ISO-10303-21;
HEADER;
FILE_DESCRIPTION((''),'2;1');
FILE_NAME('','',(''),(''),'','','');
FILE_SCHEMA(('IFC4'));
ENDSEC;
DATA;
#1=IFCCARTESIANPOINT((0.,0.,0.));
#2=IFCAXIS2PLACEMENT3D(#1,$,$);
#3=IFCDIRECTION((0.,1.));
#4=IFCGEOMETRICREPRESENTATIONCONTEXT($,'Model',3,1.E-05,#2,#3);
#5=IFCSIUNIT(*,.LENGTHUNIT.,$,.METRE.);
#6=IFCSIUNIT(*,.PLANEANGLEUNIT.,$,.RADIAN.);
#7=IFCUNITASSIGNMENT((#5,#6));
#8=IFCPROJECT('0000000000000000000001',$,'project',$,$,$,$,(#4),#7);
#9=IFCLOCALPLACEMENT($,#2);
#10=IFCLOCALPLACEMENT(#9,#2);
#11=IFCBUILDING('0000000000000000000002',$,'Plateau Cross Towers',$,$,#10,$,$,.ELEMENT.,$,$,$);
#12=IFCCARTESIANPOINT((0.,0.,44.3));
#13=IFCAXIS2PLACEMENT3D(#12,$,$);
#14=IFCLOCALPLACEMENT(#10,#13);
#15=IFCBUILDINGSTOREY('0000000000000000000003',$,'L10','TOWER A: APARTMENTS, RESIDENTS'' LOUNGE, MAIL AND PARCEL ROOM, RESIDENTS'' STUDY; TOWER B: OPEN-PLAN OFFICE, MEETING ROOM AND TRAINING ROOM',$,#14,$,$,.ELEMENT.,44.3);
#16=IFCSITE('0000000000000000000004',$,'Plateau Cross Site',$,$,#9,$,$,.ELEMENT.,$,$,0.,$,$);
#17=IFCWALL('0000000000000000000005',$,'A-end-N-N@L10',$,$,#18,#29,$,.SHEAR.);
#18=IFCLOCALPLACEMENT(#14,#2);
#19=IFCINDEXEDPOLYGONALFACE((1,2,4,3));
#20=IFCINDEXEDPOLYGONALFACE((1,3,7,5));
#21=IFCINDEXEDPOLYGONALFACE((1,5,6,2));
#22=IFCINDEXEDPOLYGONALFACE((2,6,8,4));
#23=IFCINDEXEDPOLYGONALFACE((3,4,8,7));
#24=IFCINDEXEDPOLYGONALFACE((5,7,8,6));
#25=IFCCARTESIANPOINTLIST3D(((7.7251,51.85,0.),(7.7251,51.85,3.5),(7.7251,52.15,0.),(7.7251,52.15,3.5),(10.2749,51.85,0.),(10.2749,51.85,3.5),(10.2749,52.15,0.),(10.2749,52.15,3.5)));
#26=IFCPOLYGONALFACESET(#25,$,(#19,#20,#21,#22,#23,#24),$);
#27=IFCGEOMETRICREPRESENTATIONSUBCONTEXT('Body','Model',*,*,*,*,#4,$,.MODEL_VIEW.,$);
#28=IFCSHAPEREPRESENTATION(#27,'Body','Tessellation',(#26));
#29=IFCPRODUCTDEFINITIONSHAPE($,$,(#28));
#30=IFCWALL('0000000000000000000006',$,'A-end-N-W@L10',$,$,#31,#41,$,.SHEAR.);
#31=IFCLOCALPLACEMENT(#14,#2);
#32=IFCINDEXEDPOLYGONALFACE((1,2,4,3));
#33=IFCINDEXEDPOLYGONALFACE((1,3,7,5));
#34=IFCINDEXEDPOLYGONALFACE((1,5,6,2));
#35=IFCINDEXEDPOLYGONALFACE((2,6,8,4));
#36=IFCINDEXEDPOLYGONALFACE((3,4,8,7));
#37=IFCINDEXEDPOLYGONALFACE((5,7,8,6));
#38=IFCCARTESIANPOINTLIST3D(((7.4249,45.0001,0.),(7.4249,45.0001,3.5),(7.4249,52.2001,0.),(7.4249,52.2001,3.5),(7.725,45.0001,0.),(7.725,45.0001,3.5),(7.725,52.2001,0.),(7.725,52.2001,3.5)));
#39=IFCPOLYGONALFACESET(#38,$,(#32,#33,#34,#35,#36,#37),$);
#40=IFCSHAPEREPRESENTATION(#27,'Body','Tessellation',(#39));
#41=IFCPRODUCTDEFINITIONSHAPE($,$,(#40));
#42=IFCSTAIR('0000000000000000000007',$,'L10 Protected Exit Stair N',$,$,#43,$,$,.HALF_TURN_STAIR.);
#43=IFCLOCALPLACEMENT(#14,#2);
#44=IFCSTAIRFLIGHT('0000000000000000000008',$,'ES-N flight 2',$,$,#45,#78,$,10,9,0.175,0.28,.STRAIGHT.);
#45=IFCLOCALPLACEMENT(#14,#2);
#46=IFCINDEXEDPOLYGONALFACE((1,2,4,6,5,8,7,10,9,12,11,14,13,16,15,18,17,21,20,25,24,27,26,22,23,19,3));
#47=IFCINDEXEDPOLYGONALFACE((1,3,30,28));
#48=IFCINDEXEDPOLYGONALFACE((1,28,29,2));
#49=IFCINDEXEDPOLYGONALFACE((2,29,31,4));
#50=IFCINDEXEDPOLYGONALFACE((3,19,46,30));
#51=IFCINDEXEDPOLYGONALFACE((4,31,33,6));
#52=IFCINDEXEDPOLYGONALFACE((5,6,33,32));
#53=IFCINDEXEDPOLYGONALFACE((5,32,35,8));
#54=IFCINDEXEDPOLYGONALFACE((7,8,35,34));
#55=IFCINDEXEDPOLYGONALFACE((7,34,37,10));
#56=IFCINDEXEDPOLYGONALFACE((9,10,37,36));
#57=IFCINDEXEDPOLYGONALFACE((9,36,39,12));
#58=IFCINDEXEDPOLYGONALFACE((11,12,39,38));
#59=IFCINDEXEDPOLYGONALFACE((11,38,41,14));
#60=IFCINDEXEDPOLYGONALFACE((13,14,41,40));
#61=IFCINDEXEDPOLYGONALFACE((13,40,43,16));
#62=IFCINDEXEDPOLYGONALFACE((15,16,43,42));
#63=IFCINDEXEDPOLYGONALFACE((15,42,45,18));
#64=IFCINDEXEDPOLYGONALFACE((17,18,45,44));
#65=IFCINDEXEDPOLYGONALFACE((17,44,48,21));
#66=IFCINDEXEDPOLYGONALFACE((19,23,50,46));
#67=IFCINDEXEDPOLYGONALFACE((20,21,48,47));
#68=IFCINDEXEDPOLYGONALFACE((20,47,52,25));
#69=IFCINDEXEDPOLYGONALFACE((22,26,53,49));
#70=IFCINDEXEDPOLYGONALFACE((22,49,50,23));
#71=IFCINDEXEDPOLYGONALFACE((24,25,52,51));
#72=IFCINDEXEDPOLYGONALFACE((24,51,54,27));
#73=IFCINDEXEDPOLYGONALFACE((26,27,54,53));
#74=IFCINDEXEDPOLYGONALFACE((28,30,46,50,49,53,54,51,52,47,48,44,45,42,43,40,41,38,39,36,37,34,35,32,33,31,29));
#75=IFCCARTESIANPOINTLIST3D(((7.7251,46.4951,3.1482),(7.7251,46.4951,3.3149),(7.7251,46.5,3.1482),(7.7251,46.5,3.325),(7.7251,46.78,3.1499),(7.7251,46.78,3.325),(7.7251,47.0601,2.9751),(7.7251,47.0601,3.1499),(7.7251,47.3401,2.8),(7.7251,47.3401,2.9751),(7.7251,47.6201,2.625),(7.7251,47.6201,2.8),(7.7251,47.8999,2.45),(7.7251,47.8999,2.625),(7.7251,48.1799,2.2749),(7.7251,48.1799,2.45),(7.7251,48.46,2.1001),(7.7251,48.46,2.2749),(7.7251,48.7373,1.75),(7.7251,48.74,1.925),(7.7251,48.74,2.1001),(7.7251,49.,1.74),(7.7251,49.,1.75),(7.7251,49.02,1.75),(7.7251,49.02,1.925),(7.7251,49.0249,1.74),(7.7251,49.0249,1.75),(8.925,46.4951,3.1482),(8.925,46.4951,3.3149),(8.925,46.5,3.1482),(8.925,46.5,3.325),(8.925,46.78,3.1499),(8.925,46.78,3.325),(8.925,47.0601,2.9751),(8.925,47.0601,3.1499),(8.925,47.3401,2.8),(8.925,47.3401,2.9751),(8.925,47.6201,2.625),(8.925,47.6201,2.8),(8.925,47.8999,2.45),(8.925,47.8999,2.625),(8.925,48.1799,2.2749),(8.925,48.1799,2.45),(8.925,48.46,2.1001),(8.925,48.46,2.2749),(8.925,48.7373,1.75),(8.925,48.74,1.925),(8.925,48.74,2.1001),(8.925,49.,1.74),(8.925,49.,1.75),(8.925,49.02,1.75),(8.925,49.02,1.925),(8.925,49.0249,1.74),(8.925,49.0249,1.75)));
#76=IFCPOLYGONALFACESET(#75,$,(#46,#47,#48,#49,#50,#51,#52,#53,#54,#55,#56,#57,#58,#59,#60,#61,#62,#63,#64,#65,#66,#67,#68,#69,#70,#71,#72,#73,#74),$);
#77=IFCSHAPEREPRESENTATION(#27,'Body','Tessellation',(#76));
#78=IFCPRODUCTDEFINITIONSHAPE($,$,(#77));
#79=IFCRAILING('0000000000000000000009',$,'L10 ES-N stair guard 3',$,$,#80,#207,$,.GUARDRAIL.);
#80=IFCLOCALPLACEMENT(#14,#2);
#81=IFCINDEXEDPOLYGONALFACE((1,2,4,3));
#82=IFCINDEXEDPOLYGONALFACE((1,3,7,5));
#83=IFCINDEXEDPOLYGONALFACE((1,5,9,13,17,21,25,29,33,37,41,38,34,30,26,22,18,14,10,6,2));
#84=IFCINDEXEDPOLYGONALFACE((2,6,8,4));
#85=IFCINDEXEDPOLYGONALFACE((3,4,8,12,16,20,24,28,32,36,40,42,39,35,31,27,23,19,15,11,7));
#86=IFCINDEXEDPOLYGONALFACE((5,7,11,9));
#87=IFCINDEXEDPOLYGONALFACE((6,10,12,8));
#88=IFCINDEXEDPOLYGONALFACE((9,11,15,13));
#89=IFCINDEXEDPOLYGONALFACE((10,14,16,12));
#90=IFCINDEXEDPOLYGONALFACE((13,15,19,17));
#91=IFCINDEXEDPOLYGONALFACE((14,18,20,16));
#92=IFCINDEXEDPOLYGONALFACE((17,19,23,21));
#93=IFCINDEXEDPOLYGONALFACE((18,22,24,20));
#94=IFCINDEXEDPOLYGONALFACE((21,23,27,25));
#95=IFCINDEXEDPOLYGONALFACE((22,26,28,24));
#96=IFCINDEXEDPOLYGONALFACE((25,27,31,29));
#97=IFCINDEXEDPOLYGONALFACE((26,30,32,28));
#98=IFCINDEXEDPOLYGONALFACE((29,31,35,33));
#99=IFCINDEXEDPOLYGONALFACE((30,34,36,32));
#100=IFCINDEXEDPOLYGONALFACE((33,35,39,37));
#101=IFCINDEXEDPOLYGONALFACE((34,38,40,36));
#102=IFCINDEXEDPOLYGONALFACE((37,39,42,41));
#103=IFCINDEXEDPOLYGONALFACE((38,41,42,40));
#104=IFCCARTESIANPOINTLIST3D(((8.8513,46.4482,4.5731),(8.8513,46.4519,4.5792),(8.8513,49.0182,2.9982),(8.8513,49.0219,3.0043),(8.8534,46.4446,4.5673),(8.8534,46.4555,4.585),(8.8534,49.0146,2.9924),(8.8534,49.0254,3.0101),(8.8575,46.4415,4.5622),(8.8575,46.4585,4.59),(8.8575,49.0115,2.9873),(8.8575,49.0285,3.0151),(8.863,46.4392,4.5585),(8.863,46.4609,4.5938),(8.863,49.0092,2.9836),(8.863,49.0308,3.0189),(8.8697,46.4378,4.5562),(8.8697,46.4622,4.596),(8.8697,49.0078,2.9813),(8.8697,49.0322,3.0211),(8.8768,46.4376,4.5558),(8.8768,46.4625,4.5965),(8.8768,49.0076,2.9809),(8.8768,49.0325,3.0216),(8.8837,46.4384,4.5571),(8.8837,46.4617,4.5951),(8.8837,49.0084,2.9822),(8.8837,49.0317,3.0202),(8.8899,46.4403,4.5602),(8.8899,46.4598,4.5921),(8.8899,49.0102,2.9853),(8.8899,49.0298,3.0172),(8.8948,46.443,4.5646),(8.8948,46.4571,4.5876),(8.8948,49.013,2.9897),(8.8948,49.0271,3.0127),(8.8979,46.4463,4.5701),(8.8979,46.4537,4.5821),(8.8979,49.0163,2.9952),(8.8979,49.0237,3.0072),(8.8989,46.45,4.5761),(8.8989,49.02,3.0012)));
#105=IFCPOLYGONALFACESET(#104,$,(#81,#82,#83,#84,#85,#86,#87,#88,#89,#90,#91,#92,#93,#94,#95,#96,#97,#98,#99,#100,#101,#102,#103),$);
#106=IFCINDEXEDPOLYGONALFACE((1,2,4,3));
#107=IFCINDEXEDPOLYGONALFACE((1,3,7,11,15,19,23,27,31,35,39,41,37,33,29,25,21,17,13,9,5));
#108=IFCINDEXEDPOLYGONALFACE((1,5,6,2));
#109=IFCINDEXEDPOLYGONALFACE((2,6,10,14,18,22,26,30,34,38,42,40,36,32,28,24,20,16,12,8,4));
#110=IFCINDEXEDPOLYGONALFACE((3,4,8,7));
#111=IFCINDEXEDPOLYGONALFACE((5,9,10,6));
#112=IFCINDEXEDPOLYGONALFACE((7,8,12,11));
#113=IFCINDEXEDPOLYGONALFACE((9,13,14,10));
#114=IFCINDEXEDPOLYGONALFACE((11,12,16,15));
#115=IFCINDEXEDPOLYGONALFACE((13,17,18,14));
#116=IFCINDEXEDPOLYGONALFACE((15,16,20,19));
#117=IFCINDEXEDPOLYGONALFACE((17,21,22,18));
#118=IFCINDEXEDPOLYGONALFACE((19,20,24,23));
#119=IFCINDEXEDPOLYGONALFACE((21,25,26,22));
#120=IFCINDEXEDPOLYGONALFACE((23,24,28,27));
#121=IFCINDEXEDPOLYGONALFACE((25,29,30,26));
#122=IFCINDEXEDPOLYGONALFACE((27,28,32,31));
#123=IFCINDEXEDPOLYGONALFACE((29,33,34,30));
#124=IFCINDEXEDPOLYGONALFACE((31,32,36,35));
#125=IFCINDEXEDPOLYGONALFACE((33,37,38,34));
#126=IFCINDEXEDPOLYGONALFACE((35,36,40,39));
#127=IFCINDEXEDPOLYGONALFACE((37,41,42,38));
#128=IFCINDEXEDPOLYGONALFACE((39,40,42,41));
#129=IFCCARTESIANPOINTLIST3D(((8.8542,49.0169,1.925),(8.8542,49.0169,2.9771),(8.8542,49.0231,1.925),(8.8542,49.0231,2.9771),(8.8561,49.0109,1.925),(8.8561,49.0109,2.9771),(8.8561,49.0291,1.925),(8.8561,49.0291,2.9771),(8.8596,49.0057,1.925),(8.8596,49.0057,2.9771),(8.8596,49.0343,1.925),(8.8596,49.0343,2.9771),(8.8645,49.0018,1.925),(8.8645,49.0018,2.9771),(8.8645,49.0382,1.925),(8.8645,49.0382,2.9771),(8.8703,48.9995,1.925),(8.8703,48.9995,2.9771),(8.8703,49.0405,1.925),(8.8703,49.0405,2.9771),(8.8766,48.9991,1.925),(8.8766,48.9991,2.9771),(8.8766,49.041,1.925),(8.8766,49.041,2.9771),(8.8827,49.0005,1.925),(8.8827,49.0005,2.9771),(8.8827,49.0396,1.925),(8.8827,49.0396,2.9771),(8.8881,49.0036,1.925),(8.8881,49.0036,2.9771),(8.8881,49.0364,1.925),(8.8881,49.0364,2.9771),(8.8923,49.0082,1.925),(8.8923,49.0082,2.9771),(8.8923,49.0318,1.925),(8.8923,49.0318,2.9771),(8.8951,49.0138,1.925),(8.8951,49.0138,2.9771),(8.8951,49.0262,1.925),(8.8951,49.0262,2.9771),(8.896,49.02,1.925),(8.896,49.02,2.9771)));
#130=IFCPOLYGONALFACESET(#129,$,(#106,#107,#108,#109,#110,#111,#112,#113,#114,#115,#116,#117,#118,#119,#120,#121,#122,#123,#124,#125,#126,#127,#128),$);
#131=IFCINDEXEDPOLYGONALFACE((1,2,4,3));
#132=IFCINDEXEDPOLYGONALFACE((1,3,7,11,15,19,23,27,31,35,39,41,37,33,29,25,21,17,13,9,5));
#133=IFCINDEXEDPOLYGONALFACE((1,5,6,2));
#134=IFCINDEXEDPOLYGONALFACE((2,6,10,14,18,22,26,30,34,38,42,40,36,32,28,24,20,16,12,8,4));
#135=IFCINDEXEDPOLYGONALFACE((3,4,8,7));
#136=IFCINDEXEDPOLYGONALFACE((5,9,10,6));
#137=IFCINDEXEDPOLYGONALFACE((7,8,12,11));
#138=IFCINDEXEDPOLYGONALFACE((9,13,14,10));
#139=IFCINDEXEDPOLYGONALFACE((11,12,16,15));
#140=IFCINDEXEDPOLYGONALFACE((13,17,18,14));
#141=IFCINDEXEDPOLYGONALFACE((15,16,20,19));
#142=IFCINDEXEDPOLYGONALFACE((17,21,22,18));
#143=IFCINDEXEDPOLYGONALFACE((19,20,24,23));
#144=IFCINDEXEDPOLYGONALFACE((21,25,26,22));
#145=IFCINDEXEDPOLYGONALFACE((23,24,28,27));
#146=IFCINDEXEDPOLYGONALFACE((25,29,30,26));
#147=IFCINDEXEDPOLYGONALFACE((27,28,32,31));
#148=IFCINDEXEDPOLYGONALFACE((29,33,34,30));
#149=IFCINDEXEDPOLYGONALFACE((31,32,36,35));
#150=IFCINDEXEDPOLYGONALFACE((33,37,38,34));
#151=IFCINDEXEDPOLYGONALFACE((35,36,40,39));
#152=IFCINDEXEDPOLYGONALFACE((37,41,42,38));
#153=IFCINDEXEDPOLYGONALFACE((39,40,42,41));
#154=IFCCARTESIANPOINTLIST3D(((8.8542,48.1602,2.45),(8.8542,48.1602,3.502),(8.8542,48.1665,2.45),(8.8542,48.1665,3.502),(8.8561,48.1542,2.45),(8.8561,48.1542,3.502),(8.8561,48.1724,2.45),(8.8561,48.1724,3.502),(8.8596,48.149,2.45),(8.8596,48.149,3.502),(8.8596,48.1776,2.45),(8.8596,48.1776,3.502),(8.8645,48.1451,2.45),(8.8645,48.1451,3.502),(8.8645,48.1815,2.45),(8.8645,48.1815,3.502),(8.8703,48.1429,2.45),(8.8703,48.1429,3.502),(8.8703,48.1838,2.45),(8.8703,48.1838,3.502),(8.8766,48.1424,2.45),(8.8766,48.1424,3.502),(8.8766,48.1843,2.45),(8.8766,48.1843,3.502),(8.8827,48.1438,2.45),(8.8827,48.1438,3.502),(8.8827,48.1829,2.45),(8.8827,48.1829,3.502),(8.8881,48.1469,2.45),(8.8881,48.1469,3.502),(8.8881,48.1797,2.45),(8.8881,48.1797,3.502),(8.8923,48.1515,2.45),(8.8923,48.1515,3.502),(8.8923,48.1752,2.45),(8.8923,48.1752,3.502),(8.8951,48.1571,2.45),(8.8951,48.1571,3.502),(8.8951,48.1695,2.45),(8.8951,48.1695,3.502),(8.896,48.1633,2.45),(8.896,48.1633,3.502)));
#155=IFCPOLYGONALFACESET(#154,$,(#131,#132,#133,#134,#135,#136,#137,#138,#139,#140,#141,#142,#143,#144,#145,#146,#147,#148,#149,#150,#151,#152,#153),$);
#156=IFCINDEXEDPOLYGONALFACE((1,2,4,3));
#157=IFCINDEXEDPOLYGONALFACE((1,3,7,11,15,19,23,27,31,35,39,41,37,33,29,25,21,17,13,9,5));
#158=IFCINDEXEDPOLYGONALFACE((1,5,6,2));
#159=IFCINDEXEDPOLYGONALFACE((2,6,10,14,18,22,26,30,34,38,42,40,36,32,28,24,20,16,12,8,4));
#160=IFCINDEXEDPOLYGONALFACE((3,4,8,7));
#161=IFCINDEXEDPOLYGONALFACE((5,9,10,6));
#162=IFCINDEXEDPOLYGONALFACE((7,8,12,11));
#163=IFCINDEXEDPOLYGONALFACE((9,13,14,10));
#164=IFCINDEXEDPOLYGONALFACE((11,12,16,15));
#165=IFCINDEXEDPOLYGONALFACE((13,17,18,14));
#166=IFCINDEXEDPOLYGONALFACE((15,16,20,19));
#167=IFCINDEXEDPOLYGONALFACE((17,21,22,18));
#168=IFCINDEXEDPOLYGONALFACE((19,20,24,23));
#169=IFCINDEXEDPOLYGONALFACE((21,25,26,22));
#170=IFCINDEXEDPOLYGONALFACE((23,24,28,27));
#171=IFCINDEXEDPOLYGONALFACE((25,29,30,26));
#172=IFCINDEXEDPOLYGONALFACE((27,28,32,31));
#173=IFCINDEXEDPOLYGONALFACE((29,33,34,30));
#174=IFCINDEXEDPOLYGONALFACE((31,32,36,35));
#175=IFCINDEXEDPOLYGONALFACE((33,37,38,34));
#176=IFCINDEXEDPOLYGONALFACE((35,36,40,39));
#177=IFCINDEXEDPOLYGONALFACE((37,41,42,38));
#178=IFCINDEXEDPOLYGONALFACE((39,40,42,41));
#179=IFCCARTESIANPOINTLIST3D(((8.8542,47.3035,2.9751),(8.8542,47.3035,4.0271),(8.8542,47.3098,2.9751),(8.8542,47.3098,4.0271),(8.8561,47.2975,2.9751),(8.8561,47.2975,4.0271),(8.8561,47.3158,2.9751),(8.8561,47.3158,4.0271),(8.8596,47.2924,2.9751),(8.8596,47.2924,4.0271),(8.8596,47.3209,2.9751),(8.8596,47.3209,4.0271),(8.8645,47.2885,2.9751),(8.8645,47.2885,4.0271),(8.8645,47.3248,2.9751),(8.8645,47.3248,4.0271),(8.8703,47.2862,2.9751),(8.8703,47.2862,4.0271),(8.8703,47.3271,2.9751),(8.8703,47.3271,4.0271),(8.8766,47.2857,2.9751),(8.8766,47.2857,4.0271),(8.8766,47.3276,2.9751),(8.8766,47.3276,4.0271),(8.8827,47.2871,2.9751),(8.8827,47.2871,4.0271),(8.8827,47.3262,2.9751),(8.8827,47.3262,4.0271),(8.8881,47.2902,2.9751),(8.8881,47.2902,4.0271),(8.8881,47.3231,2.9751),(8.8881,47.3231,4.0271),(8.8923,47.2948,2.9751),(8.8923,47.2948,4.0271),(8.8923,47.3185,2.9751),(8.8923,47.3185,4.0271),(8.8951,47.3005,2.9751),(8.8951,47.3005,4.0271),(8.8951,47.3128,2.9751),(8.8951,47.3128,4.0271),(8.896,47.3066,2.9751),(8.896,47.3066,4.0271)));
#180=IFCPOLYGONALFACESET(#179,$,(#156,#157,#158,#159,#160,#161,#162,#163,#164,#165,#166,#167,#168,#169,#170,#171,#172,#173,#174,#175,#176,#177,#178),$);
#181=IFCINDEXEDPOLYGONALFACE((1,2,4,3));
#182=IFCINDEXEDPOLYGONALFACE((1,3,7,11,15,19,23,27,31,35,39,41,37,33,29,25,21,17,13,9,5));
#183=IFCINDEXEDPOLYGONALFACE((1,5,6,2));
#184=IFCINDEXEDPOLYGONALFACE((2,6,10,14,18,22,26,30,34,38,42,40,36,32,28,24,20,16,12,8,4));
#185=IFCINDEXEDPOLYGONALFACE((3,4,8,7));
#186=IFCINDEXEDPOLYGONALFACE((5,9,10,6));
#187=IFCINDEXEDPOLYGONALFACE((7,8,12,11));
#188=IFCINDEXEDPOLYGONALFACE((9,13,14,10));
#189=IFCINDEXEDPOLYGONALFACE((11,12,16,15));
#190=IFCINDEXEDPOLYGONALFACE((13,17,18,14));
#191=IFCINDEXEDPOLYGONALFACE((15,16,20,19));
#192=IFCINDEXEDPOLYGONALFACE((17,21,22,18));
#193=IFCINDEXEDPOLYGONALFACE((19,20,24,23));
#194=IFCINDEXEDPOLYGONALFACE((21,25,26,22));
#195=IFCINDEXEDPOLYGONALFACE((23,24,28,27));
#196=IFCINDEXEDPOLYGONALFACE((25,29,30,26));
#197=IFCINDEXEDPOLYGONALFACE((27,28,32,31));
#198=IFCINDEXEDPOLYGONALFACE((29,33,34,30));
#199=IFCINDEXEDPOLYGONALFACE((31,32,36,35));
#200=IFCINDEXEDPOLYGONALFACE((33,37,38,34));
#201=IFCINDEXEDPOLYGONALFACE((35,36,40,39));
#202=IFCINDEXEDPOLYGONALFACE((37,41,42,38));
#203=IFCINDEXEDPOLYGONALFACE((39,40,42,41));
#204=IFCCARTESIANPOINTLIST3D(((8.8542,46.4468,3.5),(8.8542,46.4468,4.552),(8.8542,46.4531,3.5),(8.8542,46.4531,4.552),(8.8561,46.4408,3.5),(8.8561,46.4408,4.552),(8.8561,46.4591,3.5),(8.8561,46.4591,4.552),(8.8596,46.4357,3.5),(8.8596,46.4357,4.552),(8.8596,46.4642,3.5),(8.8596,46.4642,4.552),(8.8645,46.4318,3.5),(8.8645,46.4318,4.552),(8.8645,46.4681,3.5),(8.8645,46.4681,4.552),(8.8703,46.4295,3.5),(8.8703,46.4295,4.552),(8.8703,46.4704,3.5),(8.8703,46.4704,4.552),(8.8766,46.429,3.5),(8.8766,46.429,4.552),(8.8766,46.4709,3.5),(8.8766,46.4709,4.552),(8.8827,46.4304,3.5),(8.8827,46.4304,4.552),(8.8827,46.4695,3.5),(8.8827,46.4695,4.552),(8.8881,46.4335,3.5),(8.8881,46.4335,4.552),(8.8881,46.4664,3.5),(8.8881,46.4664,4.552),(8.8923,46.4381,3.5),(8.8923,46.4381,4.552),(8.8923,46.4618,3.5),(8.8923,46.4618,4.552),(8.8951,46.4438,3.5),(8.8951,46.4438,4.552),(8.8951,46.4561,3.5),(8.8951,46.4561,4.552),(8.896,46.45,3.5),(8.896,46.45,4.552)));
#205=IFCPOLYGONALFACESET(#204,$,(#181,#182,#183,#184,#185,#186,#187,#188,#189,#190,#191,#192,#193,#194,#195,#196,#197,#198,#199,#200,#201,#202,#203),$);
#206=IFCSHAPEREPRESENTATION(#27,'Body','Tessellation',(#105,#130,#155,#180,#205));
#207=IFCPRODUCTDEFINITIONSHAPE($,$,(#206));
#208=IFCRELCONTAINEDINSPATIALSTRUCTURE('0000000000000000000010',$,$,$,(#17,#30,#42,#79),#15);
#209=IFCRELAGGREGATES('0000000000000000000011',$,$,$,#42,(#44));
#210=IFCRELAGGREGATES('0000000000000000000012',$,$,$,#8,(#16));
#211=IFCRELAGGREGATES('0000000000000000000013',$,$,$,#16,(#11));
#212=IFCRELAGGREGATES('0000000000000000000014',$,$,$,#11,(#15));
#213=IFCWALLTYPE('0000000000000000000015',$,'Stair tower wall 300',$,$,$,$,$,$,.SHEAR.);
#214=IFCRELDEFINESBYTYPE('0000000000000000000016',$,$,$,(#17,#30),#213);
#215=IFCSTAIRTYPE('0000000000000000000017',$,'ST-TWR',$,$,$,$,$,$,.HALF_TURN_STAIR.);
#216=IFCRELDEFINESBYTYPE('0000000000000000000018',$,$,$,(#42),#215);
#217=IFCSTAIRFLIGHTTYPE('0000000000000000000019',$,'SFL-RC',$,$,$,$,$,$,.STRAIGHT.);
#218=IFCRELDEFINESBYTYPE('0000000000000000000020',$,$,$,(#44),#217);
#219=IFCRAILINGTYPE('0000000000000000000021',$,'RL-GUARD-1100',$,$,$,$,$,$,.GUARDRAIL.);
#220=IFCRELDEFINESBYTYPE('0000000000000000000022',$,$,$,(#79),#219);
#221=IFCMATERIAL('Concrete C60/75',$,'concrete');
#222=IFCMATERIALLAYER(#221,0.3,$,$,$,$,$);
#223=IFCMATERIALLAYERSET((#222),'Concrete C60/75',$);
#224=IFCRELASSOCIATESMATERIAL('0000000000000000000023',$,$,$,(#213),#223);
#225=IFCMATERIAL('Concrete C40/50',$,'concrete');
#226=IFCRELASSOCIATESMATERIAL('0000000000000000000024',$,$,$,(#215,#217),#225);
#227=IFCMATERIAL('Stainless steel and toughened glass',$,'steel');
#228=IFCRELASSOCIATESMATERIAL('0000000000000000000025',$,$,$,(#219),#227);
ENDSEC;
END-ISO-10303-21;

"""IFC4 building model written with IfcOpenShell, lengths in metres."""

from ifc_helpers import new_model, si_unit, direction, frame, frame_2d, origin, origin_2d, place, context, subcontext, project, spatial, polyline, rectangle, circle, outline, extrude, material, layer, layer_set, type_object, element, aggregate, save


model = new_model("IFC4")

# Units and contexts
model_context = context("Model", 3, precision=1e-05, world=origin(), true_north=direction((0.0, 1.0)))
body_context = subcontext(model_context, "Body", "Model", "MODEL_VIEW")
ifc_project = project(units=[si_unit("LENGTHUNIT", "METRE"), si_unit("PLANEANGLEUNIT", "RADIAN")], contexts=[model_context])

# Site, building, storey
site_placement = place(None, origin())
site = spatial("IfcSite", under=ifc_project, at=site_placement, Name="Plateau Cross Site", CompositionType="ELEMENT", RefElevation=0.0)
building_placement = place(site_placement, origin())
building = spatial("IfcBuilding", under=site, at=building_placement, Name="Plateau Cross Towers", CompositionType="ELEMENT")
storey_placement = place(building_placement, frame((0.0, 0.0, 44.3)))
storey = spatial("IfcBuildingStorey", under=building, at=storey_placement, Name="L10", Description="TOWER A: APARTMENTS, RESIDENTS' LOUNGE, MAIL AND PARCEL ROOM, RESIDENTS' STUDY; TOWER B: OPEN-PLAN OFFICE, MEETING ROOM AND TRAINING ROOM", CompositionType="ELEMENT", Elevation=44.3)

# Shared definitions
ifc_material_1 = material(Name="Concrete C60/75", Category="concrete")

# Shared definitions
ifc_layer_1 = layer(ifc_material_1, 0.3)
ifc_layer_set_1 = layer_set([ifc_layer_1], Name="Concrete C60/75")
wall_type_1 = type_object("IfcWallType", Name="Stair tower wall 300", PredefinedType="SHEAR", material=ifc_layer_set_1)

# Walls
wall_1_placement = place(storey_placement, frame((7.7251, 52.0, 0.0), z_axis=(0.0, 0.0, 1.0), x_axis=(1.0, 0.0, 0.0)))
element("IfcWall", 1, at=wall_1_placement, inside=storey, type_object=wall_type_1, Name="A-end-N-N@L10", PredefinedType="SHEAR", context=body_context, shape_type="SweptSolid", body=[
    extrude(rectangle(XDim=2.5498, YDim=0.3, at=frame_2d((1.2749, 0.0))), origin(), (0.0, 0.0, 1.0), 3.5),
])
wall_2_placement = place(storey_placement, frame((7.575, 45.0, 0.0), z_axis=(0.0, 0.0, 1.0), x_axis=(0.0, 1.0, 0.0)))
element("IfcWall", 2, at=wall_2_placement, inside=storey, type_object=wall_type_1, Name="A-end-N-W@L10", PredefinedType="SHEAR", context=body_context, shape_type="SweptSolid", body=[
    extrude(rectangle(XDim=7.2, YDim=0.3, at=frame_2d((3.6001, 0.0))), origin(), (0.0, 0.0, 1.0), 3.5),
])

# Stair, stair flight
ifc_material_2 = material(Name="Concrete C40/50", Category="concrete")
stair_type = type_object("IfcStairType", Name="ST-TWR", PredefinedType="HALF_TURN_STAIR", material=ifc_material_2)
stair_placement = place(storey_placement, origin())
stair = element("IfcStair", 3, at=stair_placement, inside=storey, type_object=stair_type, Name="L10 Protected Exit Stair N", PredefinedType="HALF_TURN_STAIR")
stair_flight_type = type_object("IfcStairFlightType", Name="SFL-RC", PredefinedType="STRAIGHT", material=ifc_material_2)
stair_flight_placement = place(storey_placement, frame((8.325, 49.02, 1.75), z_axis=(0.0, 0.0, 1.0), x_axis=(0.0, -1.0, 0.0)))
stair_flight = element("IfcStairFlight", 4, at=stair_flight_placement, type_object=stair_flight_type, Name="ES-N flight 2", NumberOfRisers=10, NumberOfTreads=9, PredefinedType="STRAIGHT", RiserHeight=0.175, TreadLength=0.28, context=body_context, shape_type="SweptSolid", body=[
    extrude(outline(polyline([(-0.0049, -0.01), (-0.0049, 0.0), (0.0, 0.0), (0.0, 0.175), (0.28, 0.175), (0.28, 0.3501), (0.5601, 0.3501), (0.5601, 0.5249), (0.8401, 0.5249), (0.8401, 0.7), (1.1201, 0.7), (1.1201, 0.875), (1.3999, 0.875), (1.3999, 1.05), (1.6799, 1.05), (1.6799, 1.2251), (1.96, 1.2251), (1.96, 1.3999), (2.24, 1.3999), (2.24, 1.575), (2.52, 1.575), (2.5249, 1.5649), (2.5249, 1.3982), (2.52, 1.3982), (0.2827, 0.0), (0.02, 0.0), (0.02, -0.01), (-0.0049, -0.01)])), frame((0.0, 0.6001, 0.0), z_axis=(0.0, -1.0, 0.0), x_axis=(1.0, 0.0, 0.0)), (0.0, 0.0, 1.0), 1.2),
])
aggregate(stair, [stair_flight])

# Railing
ifc_material_3 = material(Name="Stainless steel and toughened glass", Category="steel")
railing_type_1 = type_object("IfcRailingType", Name="RL-GUARD-1100", PredefinedType="GUARDRAIL", material=ifc_material_3)
railing_1_placement = place(storey_placement, frame((8.875, 49.02, 1.925)))
element("IfcRailing", 5, at=railing_1_placement, inside=storey, type_object=railing_type_1, Name="L10 ES-N stair guard 3", PredefinedType="GUARDRAIL", context=body_context, shape_type="SweptSolid", body=[
    extrude(circle(Radius=0.0239, at=origin_2d()), frame((0.0, 0.0, 1.0762), z_axis=(0.0, -0.852639, 0.522501), x_axis=(1.0, 0.0, 0.0)), (0.0, 0.0, 1.0), 3.0142),
    extrude(circle(Radius=0.021, at=origin_2d()), origin(), (0.0, 0.0, 1.0), 1.052),
    extrude(circle(Radius=0.021, at=origin_2d()), frame((0.0, -0.8567, 0.5249)), (0.0, 0.0, 1.0), 1.052),
    extrude(circle(Radius=0.021, at=origin_2d()), frame((0.0, -1.7134, 1.05)), (0.0, 0.0, 1.0), 1.052),
    extrude(circle(Radius=0.021, at=origin_2d()), frame((0.0, -2.5701, 1.575)), (0.0, 0.0, 1.0), 1.052),
])

save(model, "model.ifc")
